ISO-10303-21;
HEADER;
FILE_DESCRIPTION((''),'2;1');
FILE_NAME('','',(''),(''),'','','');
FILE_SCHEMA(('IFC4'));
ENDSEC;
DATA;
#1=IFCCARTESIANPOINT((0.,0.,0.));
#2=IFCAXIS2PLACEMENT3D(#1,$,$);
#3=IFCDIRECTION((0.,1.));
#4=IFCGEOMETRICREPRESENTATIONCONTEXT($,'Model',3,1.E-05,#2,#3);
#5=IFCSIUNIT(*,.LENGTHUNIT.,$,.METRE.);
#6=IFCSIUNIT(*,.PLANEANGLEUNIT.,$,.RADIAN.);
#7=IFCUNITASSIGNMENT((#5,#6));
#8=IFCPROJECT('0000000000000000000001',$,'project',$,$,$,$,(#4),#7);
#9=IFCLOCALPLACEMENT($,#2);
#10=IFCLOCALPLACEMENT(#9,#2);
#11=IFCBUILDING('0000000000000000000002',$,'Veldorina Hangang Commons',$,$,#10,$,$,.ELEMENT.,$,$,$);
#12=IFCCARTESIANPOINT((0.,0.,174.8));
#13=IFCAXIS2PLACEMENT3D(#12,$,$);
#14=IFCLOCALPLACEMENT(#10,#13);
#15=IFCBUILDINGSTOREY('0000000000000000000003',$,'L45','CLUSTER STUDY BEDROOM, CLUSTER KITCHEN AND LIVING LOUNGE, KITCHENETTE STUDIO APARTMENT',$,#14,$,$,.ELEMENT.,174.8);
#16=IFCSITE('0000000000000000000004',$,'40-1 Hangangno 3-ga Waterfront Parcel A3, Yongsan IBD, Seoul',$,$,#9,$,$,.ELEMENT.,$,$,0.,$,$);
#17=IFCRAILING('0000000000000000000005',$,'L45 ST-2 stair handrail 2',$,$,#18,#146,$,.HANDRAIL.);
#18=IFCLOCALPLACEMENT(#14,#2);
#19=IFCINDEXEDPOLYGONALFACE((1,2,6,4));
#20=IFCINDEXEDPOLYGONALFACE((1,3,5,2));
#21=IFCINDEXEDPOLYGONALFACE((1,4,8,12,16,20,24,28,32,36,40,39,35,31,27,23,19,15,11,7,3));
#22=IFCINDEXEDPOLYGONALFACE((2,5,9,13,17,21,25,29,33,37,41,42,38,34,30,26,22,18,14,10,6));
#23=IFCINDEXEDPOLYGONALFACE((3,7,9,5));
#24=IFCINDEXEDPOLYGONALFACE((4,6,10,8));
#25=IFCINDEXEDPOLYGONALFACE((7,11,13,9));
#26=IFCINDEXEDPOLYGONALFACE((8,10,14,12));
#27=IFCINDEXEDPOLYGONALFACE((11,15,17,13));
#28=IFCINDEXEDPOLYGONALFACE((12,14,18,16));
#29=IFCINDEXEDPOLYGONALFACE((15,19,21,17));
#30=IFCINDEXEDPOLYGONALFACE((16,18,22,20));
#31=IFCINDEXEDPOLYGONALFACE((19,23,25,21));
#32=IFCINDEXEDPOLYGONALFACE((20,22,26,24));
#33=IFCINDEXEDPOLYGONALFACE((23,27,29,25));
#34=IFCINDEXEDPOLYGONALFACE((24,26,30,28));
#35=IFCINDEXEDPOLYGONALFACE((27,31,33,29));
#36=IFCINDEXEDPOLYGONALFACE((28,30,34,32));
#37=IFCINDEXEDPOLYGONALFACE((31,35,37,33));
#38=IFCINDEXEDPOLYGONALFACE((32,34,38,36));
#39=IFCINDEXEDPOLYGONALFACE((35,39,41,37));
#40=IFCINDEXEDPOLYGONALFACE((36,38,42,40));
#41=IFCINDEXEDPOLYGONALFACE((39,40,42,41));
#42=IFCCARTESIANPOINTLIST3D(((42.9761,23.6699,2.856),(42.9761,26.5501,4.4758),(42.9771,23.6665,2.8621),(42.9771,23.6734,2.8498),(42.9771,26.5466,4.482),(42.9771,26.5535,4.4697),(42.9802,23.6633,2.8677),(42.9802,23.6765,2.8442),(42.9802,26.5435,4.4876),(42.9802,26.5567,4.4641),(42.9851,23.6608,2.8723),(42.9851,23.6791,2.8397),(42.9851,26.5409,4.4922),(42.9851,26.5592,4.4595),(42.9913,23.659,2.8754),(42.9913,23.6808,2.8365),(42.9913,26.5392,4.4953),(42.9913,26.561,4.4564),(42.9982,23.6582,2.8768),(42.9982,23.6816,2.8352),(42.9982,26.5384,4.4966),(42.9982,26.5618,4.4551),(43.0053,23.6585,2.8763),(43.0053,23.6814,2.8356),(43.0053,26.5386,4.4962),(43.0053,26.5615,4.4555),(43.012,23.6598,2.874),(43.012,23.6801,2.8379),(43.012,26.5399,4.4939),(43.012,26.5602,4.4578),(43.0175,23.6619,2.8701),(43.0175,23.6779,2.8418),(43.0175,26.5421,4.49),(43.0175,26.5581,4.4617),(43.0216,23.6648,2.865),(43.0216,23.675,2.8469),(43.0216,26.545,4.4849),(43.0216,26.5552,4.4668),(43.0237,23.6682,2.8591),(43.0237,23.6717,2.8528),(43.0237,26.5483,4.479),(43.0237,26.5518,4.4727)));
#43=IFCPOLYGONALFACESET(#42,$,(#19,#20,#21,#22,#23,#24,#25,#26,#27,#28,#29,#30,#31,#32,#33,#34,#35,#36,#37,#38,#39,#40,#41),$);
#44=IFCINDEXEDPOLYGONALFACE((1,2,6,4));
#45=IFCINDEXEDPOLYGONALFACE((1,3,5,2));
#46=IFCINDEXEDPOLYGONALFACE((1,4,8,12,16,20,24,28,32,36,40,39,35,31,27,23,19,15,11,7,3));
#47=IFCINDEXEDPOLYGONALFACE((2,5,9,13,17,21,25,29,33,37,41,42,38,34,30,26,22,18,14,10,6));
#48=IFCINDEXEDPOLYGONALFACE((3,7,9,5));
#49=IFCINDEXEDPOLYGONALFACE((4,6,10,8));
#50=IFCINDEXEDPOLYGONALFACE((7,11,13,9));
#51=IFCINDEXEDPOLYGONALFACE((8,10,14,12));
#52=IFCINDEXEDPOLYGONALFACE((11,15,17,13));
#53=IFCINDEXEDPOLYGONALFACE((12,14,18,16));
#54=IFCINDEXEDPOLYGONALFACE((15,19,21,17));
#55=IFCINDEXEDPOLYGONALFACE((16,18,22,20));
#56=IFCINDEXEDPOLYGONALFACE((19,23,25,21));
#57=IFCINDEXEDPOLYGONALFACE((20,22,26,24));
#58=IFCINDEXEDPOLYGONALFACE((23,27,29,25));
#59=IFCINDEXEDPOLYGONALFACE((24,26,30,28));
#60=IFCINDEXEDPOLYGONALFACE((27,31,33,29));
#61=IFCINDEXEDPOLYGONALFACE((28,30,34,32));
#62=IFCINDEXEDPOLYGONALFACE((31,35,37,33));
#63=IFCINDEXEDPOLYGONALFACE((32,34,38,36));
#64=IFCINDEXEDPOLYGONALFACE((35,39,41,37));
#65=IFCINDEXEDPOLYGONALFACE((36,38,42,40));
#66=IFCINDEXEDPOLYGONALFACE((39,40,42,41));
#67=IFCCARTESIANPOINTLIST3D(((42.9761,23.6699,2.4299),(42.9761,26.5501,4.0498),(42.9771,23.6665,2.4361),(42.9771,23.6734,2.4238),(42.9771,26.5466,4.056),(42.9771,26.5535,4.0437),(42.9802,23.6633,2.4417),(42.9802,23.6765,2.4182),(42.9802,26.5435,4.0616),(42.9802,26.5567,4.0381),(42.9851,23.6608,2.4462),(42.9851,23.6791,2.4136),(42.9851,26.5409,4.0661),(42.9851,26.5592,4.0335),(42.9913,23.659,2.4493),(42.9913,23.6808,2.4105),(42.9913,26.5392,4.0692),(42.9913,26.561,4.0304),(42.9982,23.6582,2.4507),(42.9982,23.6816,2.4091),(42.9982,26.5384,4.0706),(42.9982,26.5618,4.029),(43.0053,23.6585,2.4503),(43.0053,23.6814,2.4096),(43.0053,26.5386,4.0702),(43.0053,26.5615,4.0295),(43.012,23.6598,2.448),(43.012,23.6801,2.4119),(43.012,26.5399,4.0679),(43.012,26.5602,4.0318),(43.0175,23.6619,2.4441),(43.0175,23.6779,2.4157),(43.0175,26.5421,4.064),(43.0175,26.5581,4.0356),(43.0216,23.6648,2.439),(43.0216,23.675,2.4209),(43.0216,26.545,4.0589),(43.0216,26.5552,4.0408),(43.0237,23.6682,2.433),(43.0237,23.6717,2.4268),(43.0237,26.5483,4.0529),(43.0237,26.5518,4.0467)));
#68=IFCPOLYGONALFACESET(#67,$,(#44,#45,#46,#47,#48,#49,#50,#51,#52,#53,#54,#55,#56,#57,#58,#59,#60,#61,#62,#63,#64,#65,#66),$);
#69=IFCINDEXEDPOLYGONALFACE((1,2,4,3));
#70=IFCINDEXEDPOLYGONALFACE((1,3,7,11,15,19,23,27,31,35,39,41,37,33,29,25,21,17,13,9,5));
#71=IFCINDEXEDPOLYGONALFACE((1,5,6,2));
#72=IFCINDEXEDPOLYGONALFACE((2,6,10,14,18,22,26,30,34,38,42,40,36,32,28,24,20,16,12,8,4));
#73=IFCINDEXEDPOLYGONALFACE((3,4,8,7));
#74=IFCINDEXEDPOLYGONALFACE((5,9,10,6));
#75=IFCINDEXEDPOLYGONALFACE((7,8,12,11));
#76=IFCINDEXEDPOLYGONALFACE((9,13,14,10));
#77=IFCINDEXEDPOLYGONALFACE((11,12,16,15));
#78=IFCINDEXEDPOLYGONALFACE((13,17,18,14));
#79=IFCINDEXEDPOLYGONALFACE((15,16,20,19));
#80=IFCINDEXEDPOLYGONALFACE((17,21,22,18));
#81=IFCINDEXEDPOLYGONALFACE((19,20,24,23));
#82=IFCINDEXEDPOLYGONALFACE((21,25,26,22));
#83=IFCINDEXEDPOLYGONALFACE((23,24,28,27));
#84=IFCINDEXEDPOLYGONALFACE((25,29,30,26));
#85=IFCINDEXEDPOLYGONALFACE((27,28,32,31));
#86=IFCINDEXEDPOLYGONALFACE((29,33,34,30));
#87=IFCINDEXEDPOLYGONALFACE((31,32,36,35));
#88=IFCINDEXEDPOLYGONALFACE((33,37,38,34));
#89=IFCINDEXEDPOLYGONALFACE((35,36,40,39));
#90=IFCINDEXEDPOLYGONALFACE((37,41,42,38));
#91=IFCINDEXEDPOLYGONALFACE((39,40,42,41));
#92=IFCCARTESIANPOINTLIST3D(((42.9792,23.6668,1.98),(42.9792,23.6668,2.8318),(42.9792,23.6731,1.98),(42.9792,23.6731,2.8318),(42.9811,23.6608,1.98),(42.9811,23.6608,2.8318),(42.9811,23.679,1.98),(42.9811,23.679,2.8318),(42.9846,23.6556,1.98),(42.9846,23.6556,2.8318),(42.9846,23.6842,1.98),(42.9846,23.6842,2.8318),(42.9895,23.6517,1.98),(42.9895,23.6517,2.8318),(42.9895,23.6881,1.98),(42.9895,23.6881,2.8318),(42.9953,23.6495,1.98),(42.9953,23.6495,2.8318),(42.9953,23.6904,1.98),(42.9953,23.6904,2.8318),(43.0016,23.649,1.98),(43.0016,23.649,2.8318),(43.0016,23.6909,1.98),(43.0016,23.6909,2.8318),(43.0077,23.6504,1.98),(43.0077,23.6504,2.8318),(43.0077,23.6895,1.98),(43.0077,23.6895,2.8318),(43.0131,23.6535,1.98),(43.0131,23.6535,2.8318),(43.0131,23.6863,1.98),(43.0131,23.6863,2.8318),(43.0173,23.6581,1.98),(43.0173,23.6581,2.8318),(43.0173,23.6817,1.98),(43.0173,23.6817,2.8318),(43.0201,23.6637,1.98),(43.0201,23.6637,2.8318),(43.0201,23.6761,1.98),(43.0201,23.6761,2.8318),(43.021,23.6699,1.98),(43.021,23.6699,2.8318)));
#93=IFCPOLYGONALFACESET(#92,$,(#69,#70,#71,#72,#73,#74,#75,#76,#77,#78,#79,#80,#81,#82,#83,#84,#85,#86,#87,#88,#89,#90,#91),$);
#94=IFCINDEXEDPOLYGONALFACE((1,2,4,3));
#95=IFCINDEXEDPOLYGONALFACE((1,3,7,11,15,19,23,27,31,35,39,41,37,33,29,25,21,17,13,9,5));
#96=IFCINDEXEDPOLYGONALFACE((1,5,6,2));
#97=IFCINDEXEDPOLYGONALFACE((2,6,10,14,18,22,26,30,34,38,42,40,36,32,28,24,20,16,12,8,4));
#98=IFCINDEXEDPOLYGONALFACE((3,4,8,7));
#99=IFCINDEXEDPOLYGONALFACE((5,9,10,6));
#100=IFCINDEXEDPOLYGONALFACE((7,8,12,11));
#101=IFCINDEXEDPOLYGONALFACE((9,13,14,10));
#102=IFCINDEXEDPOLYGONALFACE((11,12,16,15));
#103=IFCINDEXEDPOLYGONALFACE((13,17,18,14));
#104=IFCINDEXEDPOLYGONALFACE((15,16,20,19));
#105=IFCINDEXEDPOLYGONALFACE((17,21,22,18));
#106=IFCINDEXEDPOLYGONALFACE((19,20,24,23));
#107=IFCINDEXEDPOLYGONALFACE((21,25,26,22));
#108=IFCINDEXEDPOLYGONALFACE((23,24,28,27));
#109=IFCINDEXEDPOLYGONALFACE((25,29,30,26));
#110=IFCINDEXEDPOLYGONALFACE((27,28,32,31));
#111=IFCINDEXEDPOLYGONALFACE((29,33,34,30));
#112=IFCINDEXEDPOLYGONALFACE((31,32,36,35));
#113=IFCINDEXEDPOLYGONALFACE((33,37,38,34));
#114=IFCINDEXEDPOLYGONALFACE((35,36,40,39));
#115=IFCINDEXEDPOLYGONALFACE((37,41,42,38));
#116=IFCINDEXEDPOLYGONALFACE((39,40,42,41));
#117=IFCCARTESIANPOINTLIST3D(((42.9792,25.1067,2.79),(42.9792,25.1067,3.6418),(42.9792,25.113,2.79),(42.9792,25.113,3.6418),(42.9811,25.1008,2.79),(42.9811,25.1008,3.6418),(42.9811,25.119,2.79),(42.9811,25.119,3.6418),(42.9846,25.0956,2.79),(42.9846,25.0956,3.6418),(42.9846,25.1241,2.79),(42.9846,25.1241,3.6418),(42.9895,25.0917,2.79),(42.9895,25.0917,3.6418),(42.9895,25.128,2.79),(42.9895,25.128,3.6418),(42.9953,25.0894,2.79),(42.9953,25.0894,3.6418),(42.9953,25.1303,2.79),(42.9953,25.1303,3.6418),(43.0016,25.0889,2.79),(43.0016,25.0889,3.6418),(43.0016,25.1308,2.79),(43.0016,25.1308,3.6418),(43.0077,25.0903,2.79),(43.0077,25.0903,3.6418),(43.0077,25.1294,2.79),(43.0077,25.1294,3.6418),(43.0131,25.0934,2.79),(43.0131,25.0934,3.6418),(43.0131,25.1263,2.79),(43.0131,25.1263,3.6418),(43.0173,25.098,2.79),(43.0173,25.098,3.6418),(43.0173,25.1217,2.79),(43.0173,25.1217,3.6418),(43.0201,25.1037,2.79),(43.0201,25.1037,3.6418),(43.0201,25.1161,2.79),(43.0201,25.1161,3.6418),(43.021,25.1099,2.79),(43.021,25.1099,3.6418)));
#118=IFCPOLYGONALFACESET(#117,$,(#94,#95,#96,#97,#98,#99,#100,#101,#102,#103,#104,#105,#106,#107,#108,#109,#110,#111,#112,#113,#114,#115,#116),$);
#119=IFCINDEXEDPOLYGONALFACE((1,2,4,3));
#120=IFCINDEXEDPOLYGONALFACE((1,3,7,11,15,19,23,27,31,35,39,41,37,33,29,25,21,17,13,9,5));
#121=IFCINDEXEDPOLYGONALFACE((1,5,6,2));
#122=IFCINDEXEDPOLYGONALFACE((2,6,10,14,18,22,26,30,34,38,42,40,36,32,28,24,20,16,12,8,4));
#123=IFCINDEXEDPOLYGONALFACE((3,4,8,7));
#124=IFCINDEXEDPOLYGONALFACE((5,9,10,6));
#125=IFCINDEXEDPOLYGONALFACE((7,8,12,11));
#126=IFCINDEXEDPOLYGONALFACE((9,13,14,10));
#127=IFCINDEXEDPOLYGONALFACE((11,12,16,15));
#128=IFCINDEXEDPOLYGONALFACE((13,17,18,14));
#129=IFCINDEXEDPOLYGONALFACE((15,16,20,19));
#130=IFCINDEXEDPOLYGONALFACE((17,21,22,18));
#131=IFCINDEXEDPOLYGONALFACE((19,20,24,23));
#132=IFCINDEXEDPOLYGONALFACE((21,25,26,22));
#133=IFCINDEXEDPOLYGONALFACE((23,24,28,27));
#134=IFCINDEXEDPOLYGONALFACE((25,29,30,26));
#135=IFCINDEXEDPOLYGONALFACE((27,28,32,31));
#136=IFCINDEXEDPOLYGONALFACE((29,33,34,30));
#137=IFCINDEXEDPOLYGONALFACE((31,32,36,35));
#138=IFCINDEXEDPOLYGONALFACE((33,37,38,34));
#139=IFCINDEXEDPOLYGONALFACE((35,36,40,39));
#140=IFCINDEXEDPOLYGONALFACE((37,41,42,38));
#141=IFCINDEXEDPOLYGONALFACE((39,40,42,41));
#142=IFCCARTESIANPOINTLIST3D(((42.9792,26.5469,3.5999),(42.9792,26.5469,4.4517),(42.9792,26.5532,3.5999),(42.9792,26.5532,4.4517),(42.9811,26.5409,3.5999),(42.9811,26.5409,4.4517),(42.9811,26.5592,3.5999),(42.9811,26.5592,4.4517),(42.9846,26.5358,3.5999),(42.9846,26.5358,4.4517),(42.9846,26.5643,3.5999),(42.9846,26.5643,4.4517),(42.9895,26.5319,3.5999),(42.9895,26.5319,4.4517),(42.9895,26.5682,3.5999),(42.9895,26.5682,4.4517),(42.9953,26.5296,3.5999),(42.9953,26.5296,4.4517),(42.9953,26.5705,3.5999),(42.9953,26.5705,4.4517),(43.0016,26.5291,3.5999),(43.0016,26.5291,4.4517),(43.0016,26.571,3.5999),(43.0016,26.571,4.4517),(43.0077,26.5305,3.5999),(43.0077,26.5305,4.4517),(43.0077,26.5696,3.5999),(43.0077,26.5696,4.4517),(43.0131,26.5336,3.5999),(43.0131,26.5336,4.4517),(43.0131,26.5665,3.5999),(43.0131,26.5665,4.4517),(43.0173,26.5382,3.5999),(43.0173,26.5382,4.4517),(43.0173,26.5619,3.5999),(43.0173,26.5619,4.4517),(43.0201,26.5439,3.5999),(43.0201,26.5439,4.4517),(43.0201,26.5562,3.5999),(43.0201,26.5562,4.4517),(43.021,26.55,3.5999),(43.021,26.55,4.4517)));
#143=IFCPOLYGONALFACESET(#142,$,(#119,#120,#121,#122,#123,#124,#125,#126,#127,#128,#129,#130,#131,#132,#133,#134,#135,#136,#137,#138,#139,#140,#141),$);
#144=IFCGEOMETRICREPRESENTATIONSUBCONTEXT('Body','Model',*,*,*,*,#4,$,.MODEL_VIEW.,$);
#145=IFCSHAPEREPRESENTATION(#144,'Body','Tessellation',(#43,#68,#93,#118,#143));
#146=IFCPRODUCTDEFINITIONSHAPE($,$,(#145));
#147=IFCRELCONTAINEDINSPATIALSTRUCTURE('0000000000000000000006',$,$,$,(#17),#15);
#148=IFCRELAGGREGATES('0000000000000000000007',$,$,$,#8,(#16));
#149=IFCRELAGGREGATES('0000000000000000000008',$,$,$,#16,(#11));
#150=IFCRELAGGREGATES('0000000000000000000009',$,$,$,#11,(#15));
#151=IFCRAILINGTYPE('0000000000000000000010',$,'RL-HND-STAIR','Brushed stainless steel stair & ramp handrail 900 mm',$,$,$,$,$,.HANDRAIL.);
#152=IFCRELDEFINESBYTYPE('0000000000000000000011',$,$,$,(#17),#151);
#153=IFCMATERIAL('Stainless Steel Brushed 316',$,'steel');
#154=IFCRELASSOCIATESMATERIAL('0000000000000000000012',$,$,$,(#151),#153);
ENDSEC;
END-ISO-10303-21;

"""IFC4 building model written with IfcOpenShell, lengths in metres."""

from ifc_helpers import new_model, si_unit, direction, frame, origin, origin_2d, place, context, subcontext, project, spatial, circle, extrude, material, type_object, element, save


model = new_model("IFC4")

# Units and contexts
model_context = context("Model", 3, precision=1e-05, world=origin(), true_north=direction((0.0, 1.0)))
body_context = subcontext(model_context, "Body", "Model", "MODEL_VIEW")
ifc_project = project(units=[si_unit("LENGTHUNIT", "METRE"), si_unit("PLANEANGLEUNIT", "RADIAN")], contexts=[model_context])

# Site, building, storey
site_placement = place(None, origin())
site = spatial("IfcSite", under=ifc_project, at=site_placement, Name="40-1 Hangangno 3-ga Waterfront Parcel A3, Yongsan IBD, Seoul", CompositionType="ELEMENT", RefElevation=0.0)
building_placement = place(site_placement, origin())
building = spatial("IfcBuilding", under=site, at=building_placement, Name="Veldorina Hangang Commons", CompositionType="ELEMENT")
storey_placement = place(building_placement, frame((0.0, 0.0, 174.8)))
storey = spatial("IfcBuildingStorey", under=building, at=storey_placement, Name="L45", Description="CLUSTER STUDY BEDROOM, CLUSTER KITCHEN AND LIVING LOUNGE, KITCHENETTE STUDIO APARTMENT", CompositionType="ELEMENT", Elevation=174.8)

# Railing
ifc_material_1 = material(Name="Stainless Steel Brushed 316", Category="steel")
railing_type_1 = type_object("IfcRailingType", Name="RL-HND-STAIR", Description="Brushed stainless steel stair & ramp handrail 900 mm", PredefinedType="HANDRAIL", material=ifc_material_1)
railing_1_placement = place(storey_placement, frame((43.0, 23.6699, 1.98)))
element("IfcRailing", 1, at=railing_1_placement, inside=storey, type_object=railing_type_1, Name="L45 ST-2 stair handrail 2", PredefinedType="HANDRAIL", context=body_context, shape_type="SweptSolid", body=[
    extrude(circle(Radius=0.0239, at=origin_2d()), frame((0.0, 0.0, 0.876), z_axis=(0.0, 0.871601, 0.490216), x_axis=(-1.0, 0.0, 0.0)), (0.0, 0.0, 1.0), 3.3044),
    extrude(circle(Radius=0.0239, at=origin_2d()), frame((0.0, 0.0, 0.45), z_axis=(0.0, 0.871601, 0.490216), x_axis=(-1.0, 0.0, 0.0)), (0.0, 0.0, 1.0), 3.3044),
    extrude(circle(Radius=0.021, at=origin_2d()), origin(), (0.0, 0.0, 1.0), 0.8518),
    extrude(circle(Radius=0.021, at=origin_2d()), frame((0.0, 1.4399, 0.8101)), (0.0, 0.0, 1.0), 0.8518),
    extrude(circle(Radius=0.021, at=origin_2d()), frame((0.0, 2.8801, 1.6199)), (0.0, 0.0, 1.0), 0.8518),
])

save(model, "model.ifc")
